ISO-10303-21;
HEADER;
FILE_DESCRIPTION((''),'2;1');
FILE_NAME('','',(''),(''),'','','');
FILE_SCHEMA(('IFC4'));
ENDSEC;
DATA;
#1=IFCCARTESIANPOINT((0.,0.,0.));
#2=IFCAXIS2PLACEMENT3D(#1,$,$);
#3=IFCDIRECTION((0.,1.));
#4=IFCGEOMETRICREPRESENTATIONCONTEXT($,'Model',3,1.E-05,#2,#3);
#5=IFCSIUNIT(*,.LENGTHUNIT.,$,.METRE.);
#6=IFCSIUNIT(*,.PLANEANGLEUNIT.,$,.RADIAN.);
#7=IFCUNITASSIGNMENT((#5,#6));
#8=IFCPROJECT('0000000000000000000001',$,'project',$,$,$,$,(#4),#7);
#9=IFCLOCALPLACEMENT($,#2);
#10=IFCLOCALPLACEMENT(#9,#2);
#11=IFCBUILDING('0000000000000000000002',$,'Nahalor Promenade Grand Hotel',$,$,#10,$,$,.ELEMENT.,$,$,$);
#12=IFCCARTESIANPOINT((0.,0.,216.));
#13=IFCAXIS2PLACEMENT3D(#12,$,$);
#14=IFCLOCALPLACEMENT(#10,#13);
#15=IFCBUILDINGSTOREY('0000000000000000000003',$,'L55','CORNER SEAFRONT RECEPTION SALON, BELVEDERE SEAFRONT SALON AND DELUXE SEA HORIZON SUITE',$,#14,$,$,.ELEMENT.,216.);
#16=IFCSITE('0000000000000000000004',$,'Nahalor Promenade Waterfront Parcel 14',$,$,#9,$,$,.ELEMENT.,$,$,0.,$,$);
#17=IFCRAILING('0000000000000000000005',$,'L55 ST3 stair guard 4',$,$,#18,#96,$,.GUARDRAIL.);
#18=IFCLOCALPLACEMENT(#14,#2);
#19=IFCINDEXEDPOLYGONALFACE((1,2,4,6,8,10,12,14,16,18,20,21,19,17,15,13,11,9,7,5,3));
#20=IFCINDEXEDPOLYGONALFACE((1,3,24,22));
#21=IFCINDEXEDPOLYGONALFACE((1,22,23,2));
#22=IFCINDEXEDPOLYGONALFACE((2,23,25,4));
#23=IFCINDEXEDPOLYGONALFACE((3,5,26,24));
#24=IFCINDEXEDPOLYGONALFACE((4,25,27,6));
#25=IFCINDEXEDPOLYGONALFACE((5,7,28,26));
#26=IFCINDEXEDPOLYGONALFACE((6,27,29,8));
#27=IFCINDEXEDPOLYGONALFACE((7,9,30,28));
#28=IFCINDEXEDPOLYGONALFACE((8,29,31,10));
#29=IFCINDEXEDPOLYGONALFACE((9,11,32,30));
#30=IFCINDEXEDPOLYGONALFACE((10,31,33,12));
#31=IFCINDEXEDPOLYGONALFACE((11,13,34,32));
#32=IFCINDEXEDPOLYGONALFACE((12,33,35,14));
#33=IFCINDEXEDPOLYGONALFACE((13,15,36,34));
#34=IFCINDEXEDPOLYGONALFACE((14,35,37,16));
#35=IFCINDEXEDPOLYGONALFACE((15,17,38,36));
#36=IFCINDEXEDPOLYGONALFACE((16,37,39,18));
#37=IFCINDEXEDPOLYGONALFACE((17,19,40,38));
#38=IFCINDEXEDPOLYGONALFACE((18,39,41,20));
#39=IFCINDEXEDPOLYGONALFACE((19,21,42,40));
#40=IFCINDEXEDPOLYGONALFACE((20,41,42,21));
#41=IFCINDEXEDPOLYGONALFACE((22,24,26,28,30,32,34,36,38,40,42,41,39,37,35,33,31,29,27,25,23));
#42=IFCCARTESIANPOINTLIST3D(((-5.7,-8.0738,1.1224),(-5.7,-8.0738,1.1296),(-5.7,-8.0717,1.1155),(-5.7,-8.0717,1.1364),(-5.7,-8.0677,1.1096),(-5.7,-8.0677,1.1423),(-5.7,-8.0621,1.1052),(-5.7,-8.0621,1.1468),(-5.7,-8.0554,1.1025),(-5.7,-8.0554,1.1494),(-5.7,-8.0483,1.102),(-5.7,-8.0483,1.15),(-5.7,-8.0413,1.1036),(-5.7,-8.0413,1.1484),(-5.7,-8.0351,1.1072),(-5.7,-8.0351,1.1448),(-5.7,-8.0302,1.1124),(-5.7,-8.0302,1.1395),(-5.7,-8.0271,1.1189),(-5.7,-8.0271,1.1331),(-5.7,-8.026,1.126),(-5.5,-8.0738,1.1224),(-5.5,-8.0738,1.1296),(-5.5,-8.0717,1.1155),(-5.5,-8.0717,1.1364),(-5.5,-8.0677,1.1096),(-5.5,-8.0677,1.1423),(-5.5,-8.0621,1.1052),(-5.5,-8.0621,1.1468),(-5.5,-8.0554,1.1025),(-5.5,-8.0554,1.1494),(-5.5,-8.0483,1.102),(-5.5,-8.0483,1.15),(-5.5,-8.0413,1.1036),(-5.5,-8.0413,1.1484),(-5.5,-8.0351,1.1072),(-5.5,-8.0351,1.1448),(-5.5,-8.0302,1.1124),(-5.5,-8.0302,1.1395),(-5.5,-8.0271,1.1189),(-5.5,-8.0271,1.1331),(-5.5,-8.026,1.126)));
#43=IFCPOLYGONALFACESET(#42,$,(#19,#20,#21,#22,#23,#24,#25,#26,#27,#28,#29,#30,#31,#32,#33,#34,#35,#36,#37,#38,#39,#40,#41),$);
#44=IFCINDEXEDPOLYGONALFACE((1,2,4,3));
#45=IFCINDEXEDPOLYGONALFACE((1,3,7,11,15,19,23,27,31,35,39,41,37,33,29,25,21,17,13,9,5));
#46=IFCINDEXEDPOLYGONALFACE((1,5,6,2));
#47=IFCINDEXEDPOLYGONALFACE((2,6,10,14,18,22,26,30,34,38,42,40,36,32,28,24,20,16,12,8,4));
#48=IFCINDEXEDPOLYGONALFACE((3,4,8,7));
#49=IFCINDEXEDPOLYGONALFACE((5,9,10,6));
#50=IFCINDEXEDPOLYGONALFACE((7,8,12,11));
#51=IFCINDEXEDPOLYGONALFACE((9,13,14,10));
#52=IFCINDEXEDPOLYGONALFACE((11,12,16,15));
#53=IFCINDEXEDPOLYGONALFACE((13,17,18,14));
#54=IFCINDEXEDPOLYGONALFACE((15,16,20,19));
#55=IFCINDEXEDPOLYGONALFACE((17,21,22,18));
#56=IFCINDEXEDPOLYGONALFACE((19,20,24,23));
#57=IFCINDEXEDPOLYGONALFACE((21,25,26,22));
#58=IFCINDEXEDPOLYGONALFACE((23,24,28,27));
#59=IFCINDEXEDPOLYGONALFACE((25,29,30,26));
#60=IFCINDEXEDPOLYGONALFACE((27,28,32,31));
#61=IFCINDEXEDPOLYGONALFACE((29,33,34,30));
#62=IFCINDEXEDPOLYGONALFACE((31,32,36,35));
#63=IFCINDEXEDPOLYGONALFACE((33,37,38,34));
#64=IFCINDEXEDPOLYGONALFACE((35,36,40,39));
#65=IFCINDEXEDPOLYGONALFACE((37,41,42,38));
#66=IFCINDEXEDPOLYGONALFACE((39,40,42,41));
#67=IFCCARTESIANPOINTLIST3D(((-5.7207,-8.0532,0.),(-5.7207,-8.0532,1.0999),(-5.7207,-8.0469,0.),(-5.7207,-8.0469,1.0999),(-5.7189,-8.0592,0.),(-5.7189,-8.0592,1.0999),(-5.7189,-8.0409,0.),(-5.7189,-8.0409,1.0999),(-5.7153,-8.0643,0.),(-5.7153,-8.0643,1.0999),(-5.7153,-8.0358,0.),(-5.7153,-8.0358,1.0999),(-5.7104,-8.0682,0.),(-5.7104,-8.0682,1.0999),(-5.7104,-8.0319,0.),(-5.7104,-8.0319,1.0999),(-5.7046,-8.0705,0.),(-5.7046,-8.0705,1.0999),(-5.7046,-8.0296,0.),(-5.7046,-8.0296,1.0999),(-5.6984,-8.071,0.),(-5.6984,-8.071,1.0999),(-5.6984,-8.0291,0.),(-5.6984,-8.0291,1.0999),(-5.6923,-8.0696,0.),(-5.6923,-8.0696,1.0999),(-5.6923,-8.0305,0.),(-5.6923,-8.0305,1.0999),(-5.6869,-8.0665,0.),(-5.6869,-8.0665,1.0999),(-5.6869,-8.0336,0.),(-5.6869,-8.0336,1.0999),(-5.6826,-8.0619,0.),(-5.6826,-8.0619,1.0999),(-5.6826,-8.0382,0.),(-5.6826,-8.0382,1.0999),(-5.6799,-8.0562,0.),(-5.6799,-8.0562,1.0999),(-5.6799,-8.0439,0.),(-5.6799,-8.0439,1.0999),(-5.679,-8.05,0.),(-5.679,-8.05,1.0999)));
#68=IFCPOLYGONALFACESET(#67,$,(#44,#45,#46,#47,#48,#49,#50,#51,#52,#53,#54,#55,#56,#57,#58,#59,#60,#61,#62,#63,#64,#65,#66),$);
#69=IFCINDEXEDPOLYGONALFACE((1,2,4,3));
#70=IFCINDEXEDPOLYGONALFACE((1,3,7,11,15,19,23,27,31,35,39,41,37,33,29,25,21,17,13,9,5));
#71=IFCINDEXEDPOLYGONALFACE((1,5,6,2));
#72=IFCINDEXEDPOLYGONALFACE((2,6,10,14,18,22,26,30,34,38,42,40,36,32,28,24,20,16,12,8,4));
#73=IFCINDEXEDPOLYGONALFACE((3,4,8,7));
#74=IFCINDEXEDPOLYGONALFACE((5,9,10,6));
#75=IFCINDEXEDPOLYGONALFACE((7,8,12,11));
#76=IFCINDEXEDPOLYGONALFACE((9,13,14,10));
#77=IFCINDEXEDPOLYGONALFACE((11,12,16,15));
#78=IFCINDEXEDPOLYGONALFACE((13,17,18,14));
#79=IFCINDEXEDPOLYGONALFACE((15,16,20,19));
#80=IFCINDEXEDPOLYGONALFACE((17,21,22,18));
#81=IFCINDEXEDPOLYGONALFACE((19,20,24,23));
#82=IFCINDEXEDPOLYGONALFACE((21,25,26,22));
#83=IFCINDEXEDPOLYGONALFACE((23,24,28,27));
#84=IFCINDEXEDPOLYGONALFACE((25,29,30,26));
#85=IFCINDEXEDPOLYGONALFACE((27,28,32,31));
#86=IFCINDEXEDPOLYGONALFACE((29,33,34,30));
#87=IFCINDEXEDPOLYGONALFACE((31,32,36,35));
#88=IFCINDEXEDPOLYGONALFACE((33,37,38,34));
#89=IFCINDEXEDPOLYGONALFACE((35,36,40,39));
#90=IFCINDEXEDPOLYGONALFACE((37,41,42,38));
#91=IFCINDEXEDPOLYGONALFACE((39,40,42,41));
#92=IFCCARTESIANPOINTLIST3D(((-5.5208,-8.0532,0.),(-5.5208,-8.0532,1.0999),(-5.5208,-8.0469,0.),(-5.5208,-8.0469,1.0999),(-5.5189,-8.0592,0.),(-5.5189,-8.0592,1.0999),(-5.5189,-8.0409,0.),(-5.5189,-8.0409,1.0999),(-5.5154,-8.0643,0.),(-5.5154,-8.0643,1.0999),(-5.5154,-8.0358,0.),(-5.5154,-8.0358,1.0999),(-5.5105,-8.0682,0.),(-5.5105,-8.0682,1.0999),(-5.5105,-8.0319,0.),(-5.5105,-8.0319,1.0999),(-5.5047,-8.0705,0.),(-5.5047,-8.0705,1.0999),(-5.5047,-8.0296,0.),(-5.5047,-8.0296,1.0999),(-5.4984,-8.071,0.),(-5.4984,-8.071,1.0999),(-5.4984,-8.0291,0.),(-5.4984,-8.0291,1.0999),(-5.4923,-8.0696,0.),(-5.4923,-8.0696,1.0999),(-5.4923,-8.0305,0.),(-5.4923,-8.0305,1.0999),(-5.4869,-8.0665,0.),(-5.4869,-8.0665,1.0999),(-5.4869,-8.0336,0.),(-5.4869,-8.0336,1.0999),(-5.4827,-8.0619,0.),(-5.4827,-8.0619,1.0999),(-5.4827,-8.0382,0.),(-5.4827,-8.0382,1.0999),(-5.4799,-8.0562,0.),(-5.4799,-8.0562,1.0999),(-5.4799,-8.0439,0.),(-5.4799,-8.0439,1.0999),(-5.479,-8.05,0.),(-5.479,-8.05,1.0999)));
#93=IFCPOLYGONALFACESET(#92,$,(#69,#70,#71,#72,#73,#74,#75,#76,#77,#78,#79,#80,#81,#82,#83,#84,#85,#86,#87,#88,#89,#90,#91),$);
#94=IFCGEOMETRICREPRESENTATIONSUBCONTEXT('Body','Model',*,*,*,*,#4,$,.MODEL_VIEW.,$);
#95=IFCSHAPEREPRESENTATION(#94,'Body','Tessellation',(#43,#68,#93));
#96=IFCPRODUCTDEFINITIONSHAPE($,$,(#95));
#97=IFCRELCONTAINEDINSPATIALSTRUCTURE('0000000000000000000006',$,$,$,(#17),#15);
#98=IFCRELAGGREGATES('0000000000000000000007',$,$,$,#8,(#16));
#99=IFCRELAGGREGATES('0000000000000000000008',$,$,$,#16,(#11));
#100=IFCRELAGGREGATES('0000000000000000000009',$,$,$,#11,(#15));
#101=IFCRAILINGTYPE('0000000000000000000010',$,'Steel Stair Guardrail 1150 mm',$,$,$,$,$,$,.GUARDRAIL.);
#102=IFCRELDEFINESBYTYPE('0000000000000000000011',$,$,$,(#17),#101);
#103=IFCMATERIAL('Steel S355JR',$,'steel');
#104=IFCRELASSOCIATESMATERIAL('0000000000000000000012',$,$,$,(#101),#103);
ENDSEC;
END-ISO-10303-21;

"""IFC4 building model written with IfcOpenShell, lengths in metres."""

from ifc_helpers import new_model, si_unit, direction, frame, origin, origin_2d, place, context, subcontext, project, spatial, circle, extrude, material, type_object, element, save


model = new_model("IFC4")

# Units and contexts
model_context = context("Model", 3, precision=1e-05, world=origin(), true_north=direction((0.0, 1.0)))
body_context = subcontext(model_context, "Body", "Model", "MODEL_VIEW")
ifc_project = project(units=[si_unit("LENGTHUNIT", "METRE"), si_unit("PLANEANGLEUNIT", "RADIAN")], contexts=[model_context])

# Site, building, storey
site_placement = place(None, origin())
site = spatial("IfcSite", under=ifc_project, at=site_placement, Name="Nahalor Promenade Waterfront Parcel 14", CompositionType="ELEMENT", RefElevation=0.0)
building_placement = place(site_placement, origin())
building = spatial("IfcBuilding", under=site, at=building_placement, Name="Nahalor Promenade Grand Hotel", CompositionType="ELEMENT")
storey_placement = place(building_placement, frame((0.0, 0.0, 216.0)))
storey = spatial("IfcBuildingStorey", under=building, at=storey_placement, Name="L55", Description="CORNER SEAFRONT RECEPTION SALON, BELVEDERE SEAFRONT SALON AND DELUXE SEA HORIZON SUITE", CompositionType="ELEMENT", Elevation=216.0)

# Shared definitions
ifc_material_1 = material(Name="Steel S355JR", Category="steel")

# Railing
railing_type_1 = type_object("IfcRailingType", Name="Steel Stair Guardrail 1150 mm", PredefinedType="GUARDRAIL", material=ifc_material_1)
railing_1_placement = place(storey_placement, frame((-5.7, -8.05, 0.0)))
element("IfcRailing", 1, at=railing_1_placement, inside=storey, type_object=railing_type_1, Name="L55 ST3 stair guard 4", PredefinedType="GUARDRAIL", context=body_context, shape_type="SweptSolid", body=[
    extrude(circle(Radius=0.024, at=origin_2d()), frame((0.0, 0.0, 1.126), z_axis=(1.0, 0.0, 0.0), x_axis=(0.0, 1.0, 0.0)), (0.0, 0.0, 1.0), 0.2),
    extrude(circle(Radius=0.021, at=origin_2d()), origin(), (0.0, 0.0, 1.0), 1.0999),
    extrude(circle(Radius=0.021, at=origin_2d()), frame((0.2, 0.0, 0.0)), (0.0, 0.0, 1.0), 1.0999),
])

save(model, "model.ifc")
